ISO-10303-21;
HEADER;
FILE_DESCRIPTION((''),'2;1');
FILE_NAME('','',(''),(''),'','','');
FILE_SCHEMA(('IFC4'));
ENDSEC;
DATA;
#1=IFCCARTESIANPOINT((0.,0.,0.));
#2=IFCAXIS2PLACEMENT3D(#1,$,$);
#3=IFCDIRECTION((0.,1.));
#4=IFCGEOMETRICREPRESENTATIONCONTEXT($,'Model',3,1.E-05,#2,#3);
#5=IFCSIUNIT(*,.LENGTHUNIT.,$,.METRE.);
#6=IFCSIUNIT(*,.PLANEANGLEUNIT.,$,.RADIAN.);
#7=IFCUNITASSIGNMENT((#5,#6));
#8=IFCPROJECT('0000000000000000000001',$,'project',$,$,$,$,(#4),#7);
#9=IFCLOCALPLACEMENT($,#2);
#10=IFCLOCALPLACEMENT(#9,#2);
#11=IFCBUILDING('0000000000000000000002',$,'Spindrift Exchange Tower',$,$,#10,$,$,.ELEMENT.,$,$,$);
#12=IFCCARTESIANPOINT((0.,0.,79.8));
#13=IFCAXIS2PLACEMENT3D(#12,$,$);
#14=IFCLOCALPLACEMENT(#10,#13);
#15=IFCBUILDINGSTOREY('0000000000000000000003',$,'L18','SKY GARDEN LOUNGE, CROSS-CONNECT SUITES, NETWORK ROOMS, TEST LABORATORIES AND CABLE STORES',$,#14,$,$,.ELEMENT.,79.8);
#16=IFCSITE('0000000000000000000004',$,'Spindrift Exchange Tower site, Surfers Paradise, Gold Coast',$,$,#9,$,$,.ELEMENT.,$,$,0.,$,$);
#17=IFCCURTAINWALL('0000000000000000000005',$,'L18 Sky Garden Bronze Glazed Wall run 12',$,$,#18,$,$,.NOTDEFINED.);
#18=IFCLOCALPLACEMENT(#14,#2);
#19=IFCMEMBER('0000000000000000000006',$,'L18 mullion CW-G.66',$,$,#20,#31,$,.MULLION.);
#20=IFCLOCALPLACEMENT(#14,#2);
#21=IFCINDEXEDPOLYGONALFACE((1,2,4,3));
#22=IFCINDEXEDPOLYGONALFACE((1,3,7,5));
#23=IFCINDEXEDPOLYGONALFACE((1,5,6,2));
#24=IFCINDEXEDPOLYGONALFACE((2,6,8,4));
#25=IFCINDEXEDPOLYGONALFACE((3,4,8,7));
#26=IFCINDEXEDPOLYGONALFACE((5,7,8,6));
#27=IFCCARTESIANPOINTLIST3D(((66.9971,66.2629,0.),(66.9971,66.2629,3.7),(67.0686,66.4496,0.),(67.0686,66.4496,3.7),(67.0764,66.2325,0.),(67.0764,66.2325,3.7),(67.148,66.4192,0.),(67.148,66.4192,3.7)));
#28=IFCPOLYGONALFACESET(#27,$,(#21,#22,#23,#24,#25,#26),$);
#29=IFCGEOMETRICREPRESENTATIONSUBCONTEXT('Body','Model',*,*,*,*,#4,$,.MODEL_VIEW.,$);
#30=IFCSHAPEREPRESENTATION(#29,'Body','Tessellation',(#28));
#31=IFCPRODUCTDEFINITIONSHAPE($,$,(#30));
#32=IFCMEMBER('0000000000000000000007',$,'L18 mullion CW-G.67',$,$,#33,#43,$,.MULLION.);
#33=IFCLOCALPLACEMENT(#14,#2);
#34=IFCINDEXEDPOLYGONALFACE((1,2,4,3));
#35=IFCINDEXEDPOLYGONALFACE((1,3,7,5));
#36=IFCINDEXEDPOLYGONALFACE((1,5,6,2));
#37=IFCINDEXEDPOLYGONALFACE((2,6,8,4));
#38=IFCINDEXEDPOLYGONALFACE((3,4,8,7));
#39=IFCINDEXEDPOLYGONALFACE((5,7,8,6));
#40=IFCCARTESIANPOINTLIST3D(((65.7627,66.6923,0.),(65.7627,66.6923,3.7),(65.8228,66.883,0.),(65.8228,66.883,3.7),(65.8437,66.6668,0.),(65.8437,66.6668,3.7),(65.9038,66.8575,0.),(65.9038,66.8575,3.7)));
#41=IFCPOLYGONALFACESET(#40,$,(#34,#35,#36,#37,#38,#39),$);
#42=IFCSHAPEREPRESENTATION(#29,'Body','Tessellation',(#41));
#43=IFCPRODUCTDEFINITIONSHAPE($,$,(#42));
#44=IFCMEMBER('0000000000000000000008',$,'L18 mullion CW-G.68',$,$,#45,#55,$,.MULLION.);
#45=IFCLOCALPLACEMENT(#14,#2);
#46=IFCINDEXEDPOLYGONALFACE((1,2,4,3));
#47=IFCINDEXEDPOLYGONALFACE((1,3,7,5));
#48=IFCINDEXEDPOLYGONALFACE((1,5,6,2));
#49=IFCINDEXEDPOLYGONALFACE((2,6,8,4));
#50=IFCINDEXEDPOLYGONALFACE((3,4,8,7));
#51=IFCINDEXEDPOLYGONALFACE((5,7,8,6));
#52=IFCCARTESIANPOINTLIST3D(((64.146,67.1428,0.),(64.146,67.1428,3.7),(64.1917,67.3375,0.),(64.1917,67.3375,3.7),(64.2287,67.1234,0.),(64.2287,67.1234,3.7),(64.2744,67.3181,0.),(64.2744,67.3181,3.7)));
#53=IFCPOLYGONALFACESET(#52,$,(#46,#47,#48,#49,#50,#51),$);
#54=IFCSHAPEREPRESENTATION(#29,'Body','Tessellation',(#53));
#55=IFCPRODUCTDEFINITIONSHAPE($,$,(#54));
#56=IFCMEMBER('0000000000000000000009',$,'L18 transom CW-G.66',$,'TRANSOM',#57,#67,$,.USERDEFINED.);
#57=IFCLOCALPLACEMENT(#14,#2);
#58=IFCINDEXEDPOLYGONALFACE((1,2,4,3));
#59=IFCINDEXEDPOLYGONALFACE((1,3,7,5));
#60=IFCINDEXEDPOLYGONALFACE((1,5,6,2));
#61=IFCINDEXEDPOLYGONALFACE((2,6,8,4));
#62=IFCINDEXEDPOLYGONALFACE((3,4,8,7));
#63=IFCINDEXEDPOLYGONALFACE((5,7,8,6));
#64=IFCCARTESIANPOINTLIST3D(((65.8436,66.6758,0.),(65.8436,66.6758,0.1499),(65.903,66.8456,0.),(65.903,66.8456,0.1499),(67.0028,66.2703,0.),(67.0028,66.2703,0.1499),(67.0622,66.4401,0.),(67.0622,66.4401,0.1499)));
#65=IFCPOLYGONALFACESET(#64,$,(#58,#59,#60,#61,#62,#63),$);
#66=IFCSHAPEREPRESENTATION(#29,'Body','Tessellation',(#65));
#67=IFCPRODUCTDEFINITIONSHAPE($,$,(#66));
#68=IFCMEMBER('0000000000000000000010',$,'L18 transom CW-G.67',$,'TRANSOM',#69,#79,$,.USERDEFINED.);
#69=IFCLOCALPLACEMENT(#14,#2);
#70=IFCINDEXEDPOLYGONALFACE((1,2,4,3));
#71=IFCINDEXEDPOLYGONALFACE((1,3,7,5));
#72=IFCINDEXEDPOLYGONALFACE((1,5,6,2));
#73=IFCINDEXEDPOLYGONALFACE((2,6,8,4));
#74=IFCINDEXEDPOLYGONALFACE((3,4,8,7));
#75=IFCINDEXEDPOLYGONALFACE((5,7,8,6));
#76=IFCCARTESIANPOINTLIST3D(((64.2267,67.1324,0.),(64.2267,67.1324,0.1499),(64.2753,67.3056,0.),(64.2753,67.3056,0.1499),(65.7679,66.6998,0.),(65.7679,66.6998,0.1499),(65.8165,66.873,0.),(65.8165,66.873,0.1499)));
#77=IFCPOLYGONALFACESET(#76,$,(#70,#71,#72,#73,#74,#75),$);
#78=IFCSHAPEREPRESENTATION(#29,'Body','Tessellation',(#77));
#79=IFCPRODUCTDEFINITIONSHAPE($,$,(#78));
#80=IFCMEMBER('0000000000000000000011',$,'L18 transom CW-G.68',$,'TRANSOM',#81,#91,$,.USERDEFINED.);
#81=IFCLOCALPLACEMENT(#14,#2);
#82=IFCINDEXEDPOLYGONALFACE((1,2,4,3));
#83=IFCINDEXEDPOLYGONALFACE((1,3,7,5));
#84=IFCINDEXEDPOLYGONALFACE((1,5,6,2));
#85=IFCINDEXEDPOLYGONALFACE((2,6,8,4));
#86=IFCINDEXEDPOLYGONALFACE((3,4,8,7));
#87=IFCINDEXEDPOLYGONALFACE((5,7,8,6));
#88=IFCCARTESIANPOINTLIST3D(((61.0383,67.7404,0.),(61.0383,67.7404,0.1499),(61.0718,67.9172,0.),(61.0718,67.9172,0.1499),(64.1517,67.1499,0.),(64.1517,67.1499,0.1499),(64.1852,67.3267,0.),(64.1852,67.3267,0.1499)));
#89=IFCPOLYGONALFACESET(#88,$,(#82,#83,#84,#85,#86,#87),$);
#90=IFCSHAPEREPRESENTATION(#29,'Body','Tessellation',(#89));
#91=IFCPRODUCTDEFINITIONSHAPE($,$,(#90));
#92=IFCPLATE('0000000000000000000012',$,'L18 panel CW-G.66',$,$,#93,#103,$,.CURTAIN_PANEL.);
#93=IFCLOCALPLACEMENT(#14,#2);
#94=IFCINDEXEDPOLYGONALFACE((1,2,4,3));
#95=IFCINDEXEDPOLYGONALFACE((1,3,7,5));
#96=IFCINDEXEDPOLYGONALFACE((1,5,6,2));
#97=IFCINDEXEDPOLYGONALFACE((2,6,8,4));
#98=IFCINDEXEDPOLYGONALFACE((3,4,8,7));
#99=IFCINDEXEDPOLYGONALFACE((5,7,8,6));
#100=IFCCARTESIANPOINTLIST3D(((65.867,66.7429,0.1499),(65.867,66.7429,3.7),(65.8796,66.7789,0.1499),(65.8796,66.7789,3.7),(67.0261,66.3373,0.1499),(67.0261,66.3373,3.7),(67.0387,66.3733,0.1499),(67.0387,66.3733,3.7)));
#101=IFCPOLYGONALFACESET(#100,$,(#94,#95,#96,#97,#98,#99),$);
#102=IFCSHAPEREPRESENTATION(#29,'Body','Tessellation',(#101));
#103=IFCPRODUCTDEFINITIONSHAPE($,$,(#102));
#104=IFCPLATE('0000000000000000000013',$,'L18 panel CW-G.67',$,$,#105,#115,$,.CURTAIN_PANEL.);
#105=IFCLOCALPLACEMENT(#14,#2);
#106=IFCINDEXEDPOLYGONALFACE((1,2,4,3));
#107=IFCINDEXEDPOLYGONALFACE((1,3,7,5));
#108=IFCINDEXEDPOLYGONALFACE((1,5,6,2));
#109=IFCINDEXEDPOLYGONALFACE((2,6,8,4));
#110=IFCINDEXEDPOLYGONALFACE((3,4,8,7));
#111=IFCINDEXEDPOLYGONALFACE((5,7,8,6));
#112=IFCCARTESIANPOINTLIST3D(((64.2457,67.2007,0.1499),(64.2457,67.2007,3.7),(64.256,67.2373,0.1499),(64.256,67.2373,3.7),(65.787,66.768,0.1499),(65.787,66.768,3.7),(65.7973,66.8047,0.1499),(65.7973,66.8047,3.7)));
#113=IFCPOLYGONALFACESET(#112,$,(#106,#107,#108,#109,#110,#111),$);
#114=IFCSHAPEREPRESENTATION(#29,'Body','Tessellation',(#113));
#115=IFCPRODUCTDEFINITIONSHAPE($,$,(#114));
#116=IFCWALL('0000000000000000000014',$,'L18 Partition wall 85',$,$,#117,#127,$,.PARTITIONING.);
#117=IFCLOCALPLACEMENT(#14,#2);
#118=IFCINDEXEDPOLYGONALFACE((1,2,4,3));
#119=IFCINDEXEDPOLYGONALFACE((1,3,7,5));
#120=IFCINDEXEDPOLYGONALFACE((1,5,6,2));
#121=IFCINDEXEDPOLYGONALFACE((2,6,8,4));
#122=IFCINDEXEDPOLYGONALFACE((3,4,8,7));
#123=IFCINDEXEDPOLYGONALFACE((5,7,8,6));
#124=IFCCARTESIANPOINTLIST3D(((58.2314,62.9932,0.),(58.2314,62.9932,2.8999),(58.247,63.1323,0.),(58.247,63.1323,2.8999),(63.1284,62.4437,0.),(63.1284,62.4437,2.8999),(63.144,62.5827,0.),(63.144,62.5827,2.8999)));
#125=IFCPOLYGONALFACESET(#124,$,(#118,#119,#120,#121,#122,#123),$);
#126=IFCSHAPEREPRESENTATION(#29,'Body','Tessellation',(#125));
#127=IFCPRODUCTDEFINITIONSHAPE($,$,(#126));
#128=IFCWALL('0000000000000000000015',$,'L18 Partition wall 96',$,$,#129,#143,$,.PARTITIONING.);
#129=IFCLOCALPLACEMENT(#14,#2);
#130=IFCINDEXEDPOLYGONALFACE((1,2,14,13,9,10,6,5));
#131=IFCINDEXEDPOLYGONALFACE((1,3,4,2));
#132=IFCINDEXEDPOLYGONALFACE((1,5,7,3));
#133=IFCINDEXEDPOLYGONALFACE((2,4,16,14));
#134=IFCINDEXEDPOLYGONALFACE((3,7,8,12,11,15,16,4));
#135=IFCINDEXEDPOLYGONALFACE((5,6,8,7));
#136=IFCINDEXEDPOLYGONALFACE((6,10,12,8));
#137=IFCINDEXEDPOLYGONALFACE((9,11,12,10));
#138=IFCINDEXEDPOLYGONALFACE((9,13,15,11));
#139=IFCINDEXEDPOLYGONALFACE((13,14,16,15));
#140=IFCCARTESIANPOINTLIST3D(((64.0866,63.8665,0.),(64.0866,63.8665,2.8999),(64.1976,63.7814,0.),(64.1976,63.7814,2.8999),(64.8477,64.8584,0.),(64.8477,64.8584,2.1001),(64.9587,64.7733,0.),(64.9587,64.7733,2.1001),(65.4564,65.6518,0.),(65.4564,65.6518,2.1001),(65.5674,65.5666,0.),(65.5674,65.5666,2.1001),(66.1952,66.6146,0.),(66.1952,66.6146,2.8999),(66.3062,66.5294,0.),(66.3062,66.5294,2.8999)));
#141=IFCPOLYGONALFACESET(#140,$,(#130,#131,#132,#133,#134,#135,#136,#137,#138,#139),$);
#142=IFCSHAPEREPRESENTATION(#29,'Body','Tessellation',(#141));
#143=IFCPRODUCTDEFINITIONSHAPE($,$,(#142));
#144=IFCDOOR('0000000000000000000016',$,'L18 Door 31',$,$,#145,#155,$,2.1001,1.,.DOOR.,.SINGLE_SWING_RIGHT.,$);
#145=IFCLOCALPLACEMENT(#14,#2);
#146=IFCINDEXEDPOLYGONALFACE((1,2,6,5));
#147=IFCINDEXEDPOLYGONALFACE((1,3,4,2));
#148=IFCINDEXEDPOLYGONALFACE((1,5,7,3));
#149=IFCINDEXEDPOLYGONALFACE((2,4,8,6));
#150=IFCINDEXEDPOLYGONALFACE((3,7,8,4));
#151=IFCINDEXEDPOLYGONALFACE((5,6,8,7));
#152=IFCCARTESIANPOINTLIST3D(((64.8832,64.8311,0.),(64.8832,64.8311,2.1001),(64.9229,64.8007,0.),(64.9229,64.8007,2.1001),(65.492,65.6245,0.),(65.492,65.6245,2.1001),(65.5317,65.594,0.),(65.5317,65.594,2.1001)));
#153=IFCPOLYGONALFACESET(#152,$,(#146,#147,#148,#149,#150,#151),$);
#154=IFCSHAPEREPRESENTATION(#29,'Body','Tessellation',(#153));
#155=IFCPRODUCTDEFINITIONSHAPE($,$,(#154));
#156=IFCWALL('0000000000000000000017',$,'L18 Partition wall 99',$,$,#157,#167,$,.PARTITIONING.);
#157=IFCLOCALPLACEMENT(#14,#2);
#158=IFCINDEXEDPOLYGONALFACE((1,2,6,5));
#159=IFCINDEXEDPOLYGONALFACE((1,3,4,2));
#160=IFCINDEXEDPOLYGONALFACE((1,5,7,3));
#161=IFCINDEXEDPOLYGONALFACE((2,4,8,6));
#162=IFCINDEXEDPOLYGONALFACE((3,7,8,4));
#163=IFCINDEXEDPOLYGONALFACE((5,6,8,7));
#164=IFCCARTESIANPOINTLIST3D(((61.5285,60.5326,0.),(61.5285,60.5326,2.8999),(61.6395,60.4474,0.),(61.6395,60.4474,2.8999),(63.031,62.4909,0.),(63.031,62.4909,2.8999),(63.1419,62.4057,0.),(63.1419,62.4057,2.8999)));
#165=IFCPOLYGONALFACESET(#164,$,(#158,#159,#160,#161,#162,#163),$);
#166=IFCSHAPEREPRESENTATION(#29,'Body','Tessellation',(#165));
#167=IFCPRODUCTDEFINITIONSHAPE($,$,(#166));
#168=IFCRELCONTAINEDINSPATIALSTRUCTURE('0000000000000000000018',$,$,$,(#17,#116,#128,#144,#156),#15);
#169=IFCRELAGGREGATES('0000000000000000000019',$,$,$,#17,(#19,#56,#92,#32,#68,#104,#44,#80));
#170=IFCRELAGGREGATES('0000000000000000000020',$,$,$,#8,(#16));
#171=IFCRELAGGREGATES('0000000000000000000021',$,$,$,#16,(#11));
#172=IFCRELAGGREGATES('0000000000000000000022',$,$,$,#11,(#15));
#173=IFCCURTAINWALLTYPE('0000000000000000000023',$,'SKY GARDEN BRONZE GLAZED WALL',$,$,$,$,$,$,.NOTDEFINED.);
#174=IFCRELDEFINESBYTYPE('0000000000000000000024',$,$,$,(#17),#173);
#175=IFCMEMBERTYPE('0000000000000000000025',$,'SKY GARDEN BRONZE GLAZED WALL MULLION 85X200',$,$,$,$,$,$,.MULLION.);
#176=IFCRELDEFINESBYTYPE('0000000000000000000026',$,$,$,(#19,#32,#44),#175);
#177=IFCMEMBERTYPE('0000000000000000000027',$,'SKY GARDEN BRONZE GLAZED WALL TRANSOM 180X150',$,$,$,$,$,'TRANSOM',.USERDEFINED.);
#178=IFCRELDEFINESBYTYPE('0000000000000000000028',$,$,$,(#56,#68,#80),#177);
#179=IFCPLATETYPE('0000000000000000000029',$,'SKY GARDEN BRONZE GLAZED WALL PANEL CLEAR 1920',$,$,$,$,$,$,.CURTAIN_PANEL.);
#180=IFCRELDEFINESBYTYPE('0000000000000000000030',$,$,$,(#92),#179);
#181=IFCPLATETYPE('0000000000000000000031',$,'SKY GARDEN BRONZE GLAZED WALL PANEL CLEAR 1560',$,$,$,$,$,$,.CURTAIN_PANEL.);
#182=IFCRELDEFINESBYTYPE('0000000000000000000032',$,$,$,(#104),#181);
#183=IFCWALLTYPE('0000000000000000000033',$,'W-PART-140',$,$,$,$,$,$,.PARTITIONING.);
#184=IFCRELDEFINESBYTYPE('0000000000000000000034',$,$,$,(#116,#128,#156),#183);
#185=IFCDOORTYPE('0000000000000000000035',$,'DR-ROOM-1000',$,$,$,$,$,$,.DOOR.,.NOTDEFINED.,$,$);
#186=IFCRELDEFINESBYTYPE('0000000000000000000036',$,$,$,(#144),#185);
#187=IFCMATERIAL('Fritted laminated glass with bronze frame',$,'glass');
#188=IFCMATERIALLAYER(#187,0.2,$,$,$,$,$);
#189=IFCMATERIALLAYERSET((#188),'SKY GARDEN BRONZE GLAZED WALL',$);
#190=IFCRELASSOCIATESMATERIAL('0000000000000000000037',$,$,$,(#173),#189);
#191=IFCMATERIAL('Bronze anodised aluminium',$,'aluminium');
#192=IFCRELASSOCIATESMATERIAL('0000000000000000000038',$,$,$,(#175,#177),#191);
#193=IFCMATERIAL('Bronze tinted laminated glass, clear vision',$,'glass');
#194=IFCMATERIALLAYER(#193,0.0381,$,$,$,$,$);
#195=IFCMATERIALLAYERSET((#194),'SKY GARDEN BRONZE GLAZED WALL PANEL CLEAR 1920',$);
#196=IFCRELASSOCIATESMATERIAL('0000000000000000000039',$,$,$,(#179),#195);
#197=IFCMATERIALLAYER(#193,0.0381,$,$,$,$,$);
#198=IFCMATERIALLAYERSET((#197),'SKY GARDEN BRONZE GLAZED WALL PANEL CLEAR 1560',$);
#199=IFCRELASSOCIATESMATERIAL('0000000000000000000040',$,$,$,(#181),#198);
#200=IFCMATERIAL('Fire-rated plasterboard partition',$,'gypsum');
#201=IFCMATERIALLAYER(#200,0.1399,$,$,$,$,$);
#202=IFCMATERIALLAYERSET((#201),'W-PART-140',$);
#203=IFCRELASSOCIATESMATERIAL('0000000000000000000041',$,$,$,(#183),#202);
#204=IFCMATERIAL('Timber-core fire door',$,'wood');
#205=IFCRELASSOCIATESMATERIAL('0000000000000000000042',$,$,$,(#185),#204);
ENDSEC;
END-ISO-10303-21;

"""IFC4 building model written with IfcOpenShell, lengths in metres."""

from ifc_helpers import new_model, si_unit, direction, frame, frame_2d, origin, origin_2d, place, context, subcontext, project, spatial, rectangle, extrude, source, transform, mapped, material, layer, layer_set, material_profile, profile_set, type_object, element, fill, aggregate, save


model = new_model("IFC4")

# Units and contexts
model_context = context("Model", 3, precision=1e-05, world=origin(), true_north=direction((0.0, 1.0)))
body_context = subcontext(model_context, "Body", "Model", "MODEL_VIEW")
ifc_project = project(units=[si_unit("LENGTHUNIT", "METRE"), si_unit("PLANEANGLEUNIT", "RADIAN")], contexts=[model_context])

# Site, building, storey
site_placement = place(None, origin())
site = spatial("IfcSite", under=ifc_project, at=site_placement, Name="Spindrift Exchange Tower site, Surfers Paradise, Gold Coast", CompositionType="ELEMENT", RefElevation=0.0)
building_placement = place(site_placement, origin())
building = spatial("IfcBuilding", under=site, at=building_placement, Name="Spindrift Exchange Tower", CompositionType="ELEMENT")
storey_placement = place(building_placement, frame((0.0, 0.0, 79.8)))
storey = spatial("IfcBuildingStorey", under=building, at=storey_placement, Name="L18", Description="SKY GARDEN LOUNGE, CROSS-CONNECT SUITES, NETWORK ROOMS, TEST LABORATORIES AND CABLE STORES", CompositionType="ELEMENT", Elevation=79.8)

# Curtain wall, members, plates
ifc_material_1 = material(Name="Fritted laminated glass with bronze frame", Category="glass")
ifc_layer_1 = layer(ifc_material_1, 0.2)
ifc_layer_set_1 = layer_set([ifc_layer_1], Name="SKY GARDEN BRONZE GLAZED WALL")
curtain_wall_type = type_object("IfcCurtainWallType", Name="SKY GARDEN BRONZE GLAZED WALL", PredefinedType="NOTDEFINED", material=ifc_layer_set_1)
curtain_wall_placement = place(storey_placement, origin())
curtain_wall = element("IfcCurtainWall", 1, at=curtain_wall_placement, inside=storey, type_object=curtain_wall_type, Name="L18 Sky Garden Bronze Glazed Wall run 12", PredefinedType="NOTDEFINED")
ifc_material_2 = material(Name="Bronze anodised aluminium", Category="aluminium")
ifc_material_profile_1 = material_profile(ifc_material_2, rectangle(XDim=0.085, YDim=0.2, at=origin_2d()), Name="SKY GARDEN BRONZE GLAZED WALL MULLION 85X200")
ifc_profile_set_1 = profile_set([ifc_material_profile_1], Name="Bronze anodised aluminium")
member_type_1 = type_object("IfcMemberType", Name="SKY GARDEN BRONZE GLAZED WALL MULLION 85X200", PredefinedType="MULLION", material=ifc_profile_set_1)
shared_shape_1 = source(origin(), body_context, "Body", "SweptSolid", [
    extrude(rectangle(XDim=0.085, YDim=0.2, at=origin_2d()), origin(), (0.0, 0.0, 1.0), 3.7),
])
member_1_placement = place(storey_placement, frame((67.0725, 66.3411, 0.0), z_axis=(0.0, 0.0, 1.0), x_axis=(-0.933721, 0.358002, 0.0)))
member_1 = element("IfcMember", 2, at=member_1_placement, type_object=member_type_1, Name="L18 mullion CW-G.66", PredefinedType="MULLION", context=body_context, shape_type="MappedRepresentation", body=[
    mapped(shared_shape_1, transform((0.0, 0.0, 0.0), scale=1.0)),
])
member_2_placement = place(storey_placement, frame((65.8333, 66.7749, 0.0), z_axis=(0.0, 0.0, 1.0), x_axis=(-0.953803, 0.300432, 0.0)))
member_2 = element("IfcMember", 3, at=member_2_placement, type_object=member_type_1, Name="L18 mullion CW-G.67", PredefinedType="MULLION", context=body_context, shape_type="MappedRepresentation", body=[
    mapped(shared_shape_1, transform((0.0, 0.0, 0.0), scale=1.0)),
])
member_3_placement = place(storey_placement, frame((64.2102, 67.2305, 0.0), z_axis=(0.0, 0.0, 1.0), x_axis=(-0.97354, 0.228516, 0.0)))
member_3 = element("IfcMember", 4, at=member_3_placement, type_object=member_type_1, Name="L18 mullion CW-G.68", PredefinedType="MULLION", context=body_context, shape_type="MappedRepresentation", body=[
    mapped(shared_shape_1, transform((0.0, 0.0, 0.0), scale=1.0)),
])
ifc_material_profile_2 = material_profile(ifc_material_2, rectangle(XDim=0.1799, YDim=0.1499, at=origin_2d()), Name="SKY GARDEN BRONZE GLAZED WALL TRANSOM 180X150")
ifc_profile_set_2 = profile_set([ifc_material_profile_2], Name="Bronze anodised aluminium")
member_type_2 = type_object("IfcMemberType", Name="SKY GARDEN BRONZE GLAZED WALL TRANSOM 180X150", ElementType="TRANSOM", PredefinedType="USERDEFINED", material=ifc_profile_set_2)
shared_shape_2 = source(origin(), body_context, "Body", "SweptSolid", [
    extrude(rectangle(XDim=0.1799, YDim=0.1499, at=origin_2d()), origin(), (0.0, 0.0, 1.0), 1.228),
])
member_4_placement = place(storey_placement, frame((67.0325, 66.3552, 0.075), z_axis=(-0.943908, 0.330209, 0.0), x_axis=(-0.330209, -0.943908, 0.0)))
member_4 = element("IfcMember", 5, at=member_4_placement, type_object=member_type_2, Name="L18 transom CW-G.66", ObjectType="TRANSOM", PredefinedType="USERDEFINED", context=body_context, shape_type="MappedRepresentation", body=[
    mapped(shared_shape_2, transform((0.0, 0.0, 0.0), scale=1.0)),
])
shared_shape_3 = source(origin(), body_context, "Body", "SweptSolid", [
    extrude(rectangle(XDim=0.1799, YDim=0.1499, at=origin_2d()), origin(), (0.0, 0.0, 1.0), 1.6008),
])
member_5_placement = place(storey_placement, frame((65.7922, 66.7864, 0.075), z_axis=(-0.962791, 0.270246, 0.0), x_axis=(-0.270246, -0.962791, 0.0)))
member_5 = element("IfcMember", 6, at=member_5_placement, type_object=member_type_2, Name="L18 transom CW-G.67", ObjectType="TRANSOM", PredefinedType="USERDEFINED", context=body_context, shape_type="MappedRepresentation", body=[
    mapped(shared_shape_3, transform((0.0, 0.0, 0.0), scale=1.0)),
])
shared_shape_4 = source(origin(), body_context, "Body", "SweptSolid", [
    extrude(rectangle(XDim=0.1799, YDim=0.1499, at=origin_2d()), origin(), (0.0, 0.0, 1.0), 3.1689),
])
member_6_placement = place(storey_placement, frame((64.1685, 67.2383, 0.075), z_axis=(-0.982482, 0.186358, 0.0), x_axis=(-0.186358, -0.982482, 0.0)))
member_6 = element("IfcMember", 7, at=member_6_placement, type_object=member_type_2, Name="L18 transom CW-G.68", ObjectType="TRANSOM", PredefinedType="USERDEFINED", context=body_context, shape_type="MappedRepresentation", body=[
    mapped(shared_shape_4, transform((0.0, 0.0, 0.0), scale=1.0)),
])
ifc_material_3 = material(Name="Bronze tinted laminated glass, clear vision", Category="glass")
ifc_layer_2 = layer(ifc_material_3, 0.0381)
ifc_layer_set_2 = layer_set([ifc_layer_2], Name="SKY GARDEN BRONZE GLAZED WALL PANEL CLEAR 1920")
plate_type_1 = type_object("IfcPlateType", Name="SKY GARDEN BRONZE GLAZED WALL PANEL CLEAR 1920", PredefinedType="CURTAIN_PANEL", material=ifc_layer_set_2)
shared_shape_5 = source(origin(), body_context, "Body", "SweptSolid", [
    extrude(rectangle(XDim=1.228, YDim=0.0381, at=origin_2d()), origin(), (0.0, 0.0, 1.0), 3.55),
])
plate_1_placement = place(storey_placement, frame((66.4529, 66.5581, 0.1499), z_axis=(0.0, 0.0, 1.0), x_axis=(-0.943871, 0.330313, 0.0)))
plate_1 = element("IfcPlate", 8, at=plate_1_placement, type_object=plate_type_1, Name="L18 panel CW-G.66", PredefinedType="CURTAIN_PANEL", context=body_context, shape_type="MappedRepresentation", body=[
    mapped(shared_shape_5, transform((0.0, 0.0, 0.0), scale=1.0)),
])
ifc_layer_3 = layer(ifc_material_3, 0.0381)
ifc_layer_set_3 = layer_set([ifc_layer_3], Name="SKY GARDEN BRONZE GLAZED WALL PANEL CLEAR 1560")
plate_type_2 = type_object("IfcPlateType", Name="SKY GARDEN BRONZE GLAZED WALL PANEL CLEAR 1560", PredefinedType="CURTAIN_PANEL", material=ifc_layer_set_3)
shared_shape_6 = source(origin(), body_context, "Body", "SweptSolid", [
    extrude(rectangle(XDim=1.6008, YDim=0.0381, at=origin_2d()), origin(), (0.0, 0.0, 1.0), 3.55),
])
plate_2_placement = place(storey_placement, frame((65.0215, 67.0027, 0.1499), z_axis=(0.0, 0.0, 1.0), x_axis=(-0.962789, 0.270253, 0.0)))
plate_2 = element("IfcPlate", 9, at=plate_2_placement, type_object=plate_type_2, Name="L18 panel CW-G.67", PredefinedType="CURTAIN_PANEL", context=body_context, shape_type="MappedRepresentation", body=[
    mapped(shared_shape_6, transform((0.0, 0.0, 0.0), scale=1.0)),
])
aggregate(curtain_wall, [member_1, member_4, plate_1, member_2, member_5, plate_2, member_3, member_6])

# Wall
ifc_material_4 = material(Name="Fire-rated plasterboard partition", Category="gypsum")
ifc_layer_4 = layer(ifc_material_4, 0.1399)
ifc_layer_set_4 = layer_set([ifc_layer_4], Name="W-PART-140")
wall_type_1 = type_object("IfcWallType", Name="W-PART-140", PredefinedType="PARTITIONING", material=ifc_layer_set_4)
wall_1_placement = place(storey_placement, frame((63.1362, 62.5132, 0.0), z_axis=(0.0, 0.0, 1.0), x_axis=(-0.993762, 0.111524, 0.0)))
element("IfcWall", 10, at=wall_1_placement, inside=storey, type_object=wall_type_1, Name="L18 Partition wall 85", PredefinedType="PARTITIONING", context=body_context, shape_type="SweptSolid", body=[
    extrude(rectangle(XDim=4.9277, YDim=0.1399, at=frame_2d((2.4639, 0.0))), origin(), (0.0, 0.0, 1.0), 2.8999),
])

# Wall, opening, door
wall_2_placement = place(storey_placement, frame((66.2507, 66.572, 0.0), z_axis=(0.0, 0.0, 1.0), x_axis=(-0.60876, -0.793354, 0.0)))
wall_2 = element("IfcWall", 11, at=wall_2_placement, inside=storey, type_object=wall_type_1, Name="L18 Partition wall 96", PredefinedType="PARTITIONING", context=body_context, shape_type="SweptSolid", body=[
    extrude(rectangle(XDim=3.4639, YDim=0.1399, at=frame_2d((1.7319, 0.0))), origin(), (0.0, 0.0, 1.0), 2.8999),
])
opening_placement = place(wall_2_placement, frame((1.2136, 0.0, 0.0)))
opening = element("IfcOpeningElement", 12, at=opening_placement, cuts=wall_2, PredefinedType="OPENING", context=body_context, shape_type="SweptSolid", body=[
    extrude(rectangle(XDim=1.0, YDim=2.1001, at=frame_2d((0.5, 1.05))), frame((0.0, 0.0798, 0.0), z_axis=(0.0, -1.0, 0.0), x_axis=(1.0, 0.0, 0.0)), (0.0, 0.0, 1.0), 0.1599),
])
ifc_material_5 = material(Name="Timber-core fire door", Category="wood")
door_type = type_object("IfcDoorType", Name="DR-ROOM-1000", OperationType="NOTDEFINED", PredefinedType="DOOR", material=ifc_material_5)
shared_shape_7 = source(origin(), body_context, "Body", "SweptSolid", [
    extrude(rectangle(XDim=1.0, YDim=2.1001, at=frame_2d((0.5, 1.05))), frame((0.0, 0.0249, 0.0), z_axis=(0.0, -1.0, 0.0), x_axis=(1.0, 0.0, 0.0)), (0.0, 0.0, 1.0), 0.05),
])
door_placement = place(opening_placement, origin())
door = element("IfcDoor", 13, at=door_placement, inside=storey, type_object=door_type, Name="L18 Door 31", OperationType="SINGLE_SWING_RIGHT", OverallHeight=2.1001, OverallWidth=1.0, PredefinedType="DOOR", context=body_context, shape_type="MappedRepresentation", body=[
    mapped(shared_shape_7, transform((0.0, 0.0, 0.0), scale=1.0)),
])
fill(opening, door)

# Wall
wall_3_placement = place(storey_placement, frame((61.584, 60.49, 0.0), z_axis=(0.0, 0.0, 1.0), x_axis=(0.608716, 0.793388, 0.0)))
element("IfcWall", 14, at=wall_3_placement, inside=storey, type_object=wall_type_1, Name="L18 Partition wall 99", PredefinedType="PARTITIONING", context=body_context, shape_type="SweptSolid", body=[
    extrude(rectangle(XDim=2.4683, YDim=0.1399, at=frame_2d((1.2341, 0.0))), origin(), (0.0, 0.0, 1.0), 2.8999),
])

save(model, "model.ifc")
